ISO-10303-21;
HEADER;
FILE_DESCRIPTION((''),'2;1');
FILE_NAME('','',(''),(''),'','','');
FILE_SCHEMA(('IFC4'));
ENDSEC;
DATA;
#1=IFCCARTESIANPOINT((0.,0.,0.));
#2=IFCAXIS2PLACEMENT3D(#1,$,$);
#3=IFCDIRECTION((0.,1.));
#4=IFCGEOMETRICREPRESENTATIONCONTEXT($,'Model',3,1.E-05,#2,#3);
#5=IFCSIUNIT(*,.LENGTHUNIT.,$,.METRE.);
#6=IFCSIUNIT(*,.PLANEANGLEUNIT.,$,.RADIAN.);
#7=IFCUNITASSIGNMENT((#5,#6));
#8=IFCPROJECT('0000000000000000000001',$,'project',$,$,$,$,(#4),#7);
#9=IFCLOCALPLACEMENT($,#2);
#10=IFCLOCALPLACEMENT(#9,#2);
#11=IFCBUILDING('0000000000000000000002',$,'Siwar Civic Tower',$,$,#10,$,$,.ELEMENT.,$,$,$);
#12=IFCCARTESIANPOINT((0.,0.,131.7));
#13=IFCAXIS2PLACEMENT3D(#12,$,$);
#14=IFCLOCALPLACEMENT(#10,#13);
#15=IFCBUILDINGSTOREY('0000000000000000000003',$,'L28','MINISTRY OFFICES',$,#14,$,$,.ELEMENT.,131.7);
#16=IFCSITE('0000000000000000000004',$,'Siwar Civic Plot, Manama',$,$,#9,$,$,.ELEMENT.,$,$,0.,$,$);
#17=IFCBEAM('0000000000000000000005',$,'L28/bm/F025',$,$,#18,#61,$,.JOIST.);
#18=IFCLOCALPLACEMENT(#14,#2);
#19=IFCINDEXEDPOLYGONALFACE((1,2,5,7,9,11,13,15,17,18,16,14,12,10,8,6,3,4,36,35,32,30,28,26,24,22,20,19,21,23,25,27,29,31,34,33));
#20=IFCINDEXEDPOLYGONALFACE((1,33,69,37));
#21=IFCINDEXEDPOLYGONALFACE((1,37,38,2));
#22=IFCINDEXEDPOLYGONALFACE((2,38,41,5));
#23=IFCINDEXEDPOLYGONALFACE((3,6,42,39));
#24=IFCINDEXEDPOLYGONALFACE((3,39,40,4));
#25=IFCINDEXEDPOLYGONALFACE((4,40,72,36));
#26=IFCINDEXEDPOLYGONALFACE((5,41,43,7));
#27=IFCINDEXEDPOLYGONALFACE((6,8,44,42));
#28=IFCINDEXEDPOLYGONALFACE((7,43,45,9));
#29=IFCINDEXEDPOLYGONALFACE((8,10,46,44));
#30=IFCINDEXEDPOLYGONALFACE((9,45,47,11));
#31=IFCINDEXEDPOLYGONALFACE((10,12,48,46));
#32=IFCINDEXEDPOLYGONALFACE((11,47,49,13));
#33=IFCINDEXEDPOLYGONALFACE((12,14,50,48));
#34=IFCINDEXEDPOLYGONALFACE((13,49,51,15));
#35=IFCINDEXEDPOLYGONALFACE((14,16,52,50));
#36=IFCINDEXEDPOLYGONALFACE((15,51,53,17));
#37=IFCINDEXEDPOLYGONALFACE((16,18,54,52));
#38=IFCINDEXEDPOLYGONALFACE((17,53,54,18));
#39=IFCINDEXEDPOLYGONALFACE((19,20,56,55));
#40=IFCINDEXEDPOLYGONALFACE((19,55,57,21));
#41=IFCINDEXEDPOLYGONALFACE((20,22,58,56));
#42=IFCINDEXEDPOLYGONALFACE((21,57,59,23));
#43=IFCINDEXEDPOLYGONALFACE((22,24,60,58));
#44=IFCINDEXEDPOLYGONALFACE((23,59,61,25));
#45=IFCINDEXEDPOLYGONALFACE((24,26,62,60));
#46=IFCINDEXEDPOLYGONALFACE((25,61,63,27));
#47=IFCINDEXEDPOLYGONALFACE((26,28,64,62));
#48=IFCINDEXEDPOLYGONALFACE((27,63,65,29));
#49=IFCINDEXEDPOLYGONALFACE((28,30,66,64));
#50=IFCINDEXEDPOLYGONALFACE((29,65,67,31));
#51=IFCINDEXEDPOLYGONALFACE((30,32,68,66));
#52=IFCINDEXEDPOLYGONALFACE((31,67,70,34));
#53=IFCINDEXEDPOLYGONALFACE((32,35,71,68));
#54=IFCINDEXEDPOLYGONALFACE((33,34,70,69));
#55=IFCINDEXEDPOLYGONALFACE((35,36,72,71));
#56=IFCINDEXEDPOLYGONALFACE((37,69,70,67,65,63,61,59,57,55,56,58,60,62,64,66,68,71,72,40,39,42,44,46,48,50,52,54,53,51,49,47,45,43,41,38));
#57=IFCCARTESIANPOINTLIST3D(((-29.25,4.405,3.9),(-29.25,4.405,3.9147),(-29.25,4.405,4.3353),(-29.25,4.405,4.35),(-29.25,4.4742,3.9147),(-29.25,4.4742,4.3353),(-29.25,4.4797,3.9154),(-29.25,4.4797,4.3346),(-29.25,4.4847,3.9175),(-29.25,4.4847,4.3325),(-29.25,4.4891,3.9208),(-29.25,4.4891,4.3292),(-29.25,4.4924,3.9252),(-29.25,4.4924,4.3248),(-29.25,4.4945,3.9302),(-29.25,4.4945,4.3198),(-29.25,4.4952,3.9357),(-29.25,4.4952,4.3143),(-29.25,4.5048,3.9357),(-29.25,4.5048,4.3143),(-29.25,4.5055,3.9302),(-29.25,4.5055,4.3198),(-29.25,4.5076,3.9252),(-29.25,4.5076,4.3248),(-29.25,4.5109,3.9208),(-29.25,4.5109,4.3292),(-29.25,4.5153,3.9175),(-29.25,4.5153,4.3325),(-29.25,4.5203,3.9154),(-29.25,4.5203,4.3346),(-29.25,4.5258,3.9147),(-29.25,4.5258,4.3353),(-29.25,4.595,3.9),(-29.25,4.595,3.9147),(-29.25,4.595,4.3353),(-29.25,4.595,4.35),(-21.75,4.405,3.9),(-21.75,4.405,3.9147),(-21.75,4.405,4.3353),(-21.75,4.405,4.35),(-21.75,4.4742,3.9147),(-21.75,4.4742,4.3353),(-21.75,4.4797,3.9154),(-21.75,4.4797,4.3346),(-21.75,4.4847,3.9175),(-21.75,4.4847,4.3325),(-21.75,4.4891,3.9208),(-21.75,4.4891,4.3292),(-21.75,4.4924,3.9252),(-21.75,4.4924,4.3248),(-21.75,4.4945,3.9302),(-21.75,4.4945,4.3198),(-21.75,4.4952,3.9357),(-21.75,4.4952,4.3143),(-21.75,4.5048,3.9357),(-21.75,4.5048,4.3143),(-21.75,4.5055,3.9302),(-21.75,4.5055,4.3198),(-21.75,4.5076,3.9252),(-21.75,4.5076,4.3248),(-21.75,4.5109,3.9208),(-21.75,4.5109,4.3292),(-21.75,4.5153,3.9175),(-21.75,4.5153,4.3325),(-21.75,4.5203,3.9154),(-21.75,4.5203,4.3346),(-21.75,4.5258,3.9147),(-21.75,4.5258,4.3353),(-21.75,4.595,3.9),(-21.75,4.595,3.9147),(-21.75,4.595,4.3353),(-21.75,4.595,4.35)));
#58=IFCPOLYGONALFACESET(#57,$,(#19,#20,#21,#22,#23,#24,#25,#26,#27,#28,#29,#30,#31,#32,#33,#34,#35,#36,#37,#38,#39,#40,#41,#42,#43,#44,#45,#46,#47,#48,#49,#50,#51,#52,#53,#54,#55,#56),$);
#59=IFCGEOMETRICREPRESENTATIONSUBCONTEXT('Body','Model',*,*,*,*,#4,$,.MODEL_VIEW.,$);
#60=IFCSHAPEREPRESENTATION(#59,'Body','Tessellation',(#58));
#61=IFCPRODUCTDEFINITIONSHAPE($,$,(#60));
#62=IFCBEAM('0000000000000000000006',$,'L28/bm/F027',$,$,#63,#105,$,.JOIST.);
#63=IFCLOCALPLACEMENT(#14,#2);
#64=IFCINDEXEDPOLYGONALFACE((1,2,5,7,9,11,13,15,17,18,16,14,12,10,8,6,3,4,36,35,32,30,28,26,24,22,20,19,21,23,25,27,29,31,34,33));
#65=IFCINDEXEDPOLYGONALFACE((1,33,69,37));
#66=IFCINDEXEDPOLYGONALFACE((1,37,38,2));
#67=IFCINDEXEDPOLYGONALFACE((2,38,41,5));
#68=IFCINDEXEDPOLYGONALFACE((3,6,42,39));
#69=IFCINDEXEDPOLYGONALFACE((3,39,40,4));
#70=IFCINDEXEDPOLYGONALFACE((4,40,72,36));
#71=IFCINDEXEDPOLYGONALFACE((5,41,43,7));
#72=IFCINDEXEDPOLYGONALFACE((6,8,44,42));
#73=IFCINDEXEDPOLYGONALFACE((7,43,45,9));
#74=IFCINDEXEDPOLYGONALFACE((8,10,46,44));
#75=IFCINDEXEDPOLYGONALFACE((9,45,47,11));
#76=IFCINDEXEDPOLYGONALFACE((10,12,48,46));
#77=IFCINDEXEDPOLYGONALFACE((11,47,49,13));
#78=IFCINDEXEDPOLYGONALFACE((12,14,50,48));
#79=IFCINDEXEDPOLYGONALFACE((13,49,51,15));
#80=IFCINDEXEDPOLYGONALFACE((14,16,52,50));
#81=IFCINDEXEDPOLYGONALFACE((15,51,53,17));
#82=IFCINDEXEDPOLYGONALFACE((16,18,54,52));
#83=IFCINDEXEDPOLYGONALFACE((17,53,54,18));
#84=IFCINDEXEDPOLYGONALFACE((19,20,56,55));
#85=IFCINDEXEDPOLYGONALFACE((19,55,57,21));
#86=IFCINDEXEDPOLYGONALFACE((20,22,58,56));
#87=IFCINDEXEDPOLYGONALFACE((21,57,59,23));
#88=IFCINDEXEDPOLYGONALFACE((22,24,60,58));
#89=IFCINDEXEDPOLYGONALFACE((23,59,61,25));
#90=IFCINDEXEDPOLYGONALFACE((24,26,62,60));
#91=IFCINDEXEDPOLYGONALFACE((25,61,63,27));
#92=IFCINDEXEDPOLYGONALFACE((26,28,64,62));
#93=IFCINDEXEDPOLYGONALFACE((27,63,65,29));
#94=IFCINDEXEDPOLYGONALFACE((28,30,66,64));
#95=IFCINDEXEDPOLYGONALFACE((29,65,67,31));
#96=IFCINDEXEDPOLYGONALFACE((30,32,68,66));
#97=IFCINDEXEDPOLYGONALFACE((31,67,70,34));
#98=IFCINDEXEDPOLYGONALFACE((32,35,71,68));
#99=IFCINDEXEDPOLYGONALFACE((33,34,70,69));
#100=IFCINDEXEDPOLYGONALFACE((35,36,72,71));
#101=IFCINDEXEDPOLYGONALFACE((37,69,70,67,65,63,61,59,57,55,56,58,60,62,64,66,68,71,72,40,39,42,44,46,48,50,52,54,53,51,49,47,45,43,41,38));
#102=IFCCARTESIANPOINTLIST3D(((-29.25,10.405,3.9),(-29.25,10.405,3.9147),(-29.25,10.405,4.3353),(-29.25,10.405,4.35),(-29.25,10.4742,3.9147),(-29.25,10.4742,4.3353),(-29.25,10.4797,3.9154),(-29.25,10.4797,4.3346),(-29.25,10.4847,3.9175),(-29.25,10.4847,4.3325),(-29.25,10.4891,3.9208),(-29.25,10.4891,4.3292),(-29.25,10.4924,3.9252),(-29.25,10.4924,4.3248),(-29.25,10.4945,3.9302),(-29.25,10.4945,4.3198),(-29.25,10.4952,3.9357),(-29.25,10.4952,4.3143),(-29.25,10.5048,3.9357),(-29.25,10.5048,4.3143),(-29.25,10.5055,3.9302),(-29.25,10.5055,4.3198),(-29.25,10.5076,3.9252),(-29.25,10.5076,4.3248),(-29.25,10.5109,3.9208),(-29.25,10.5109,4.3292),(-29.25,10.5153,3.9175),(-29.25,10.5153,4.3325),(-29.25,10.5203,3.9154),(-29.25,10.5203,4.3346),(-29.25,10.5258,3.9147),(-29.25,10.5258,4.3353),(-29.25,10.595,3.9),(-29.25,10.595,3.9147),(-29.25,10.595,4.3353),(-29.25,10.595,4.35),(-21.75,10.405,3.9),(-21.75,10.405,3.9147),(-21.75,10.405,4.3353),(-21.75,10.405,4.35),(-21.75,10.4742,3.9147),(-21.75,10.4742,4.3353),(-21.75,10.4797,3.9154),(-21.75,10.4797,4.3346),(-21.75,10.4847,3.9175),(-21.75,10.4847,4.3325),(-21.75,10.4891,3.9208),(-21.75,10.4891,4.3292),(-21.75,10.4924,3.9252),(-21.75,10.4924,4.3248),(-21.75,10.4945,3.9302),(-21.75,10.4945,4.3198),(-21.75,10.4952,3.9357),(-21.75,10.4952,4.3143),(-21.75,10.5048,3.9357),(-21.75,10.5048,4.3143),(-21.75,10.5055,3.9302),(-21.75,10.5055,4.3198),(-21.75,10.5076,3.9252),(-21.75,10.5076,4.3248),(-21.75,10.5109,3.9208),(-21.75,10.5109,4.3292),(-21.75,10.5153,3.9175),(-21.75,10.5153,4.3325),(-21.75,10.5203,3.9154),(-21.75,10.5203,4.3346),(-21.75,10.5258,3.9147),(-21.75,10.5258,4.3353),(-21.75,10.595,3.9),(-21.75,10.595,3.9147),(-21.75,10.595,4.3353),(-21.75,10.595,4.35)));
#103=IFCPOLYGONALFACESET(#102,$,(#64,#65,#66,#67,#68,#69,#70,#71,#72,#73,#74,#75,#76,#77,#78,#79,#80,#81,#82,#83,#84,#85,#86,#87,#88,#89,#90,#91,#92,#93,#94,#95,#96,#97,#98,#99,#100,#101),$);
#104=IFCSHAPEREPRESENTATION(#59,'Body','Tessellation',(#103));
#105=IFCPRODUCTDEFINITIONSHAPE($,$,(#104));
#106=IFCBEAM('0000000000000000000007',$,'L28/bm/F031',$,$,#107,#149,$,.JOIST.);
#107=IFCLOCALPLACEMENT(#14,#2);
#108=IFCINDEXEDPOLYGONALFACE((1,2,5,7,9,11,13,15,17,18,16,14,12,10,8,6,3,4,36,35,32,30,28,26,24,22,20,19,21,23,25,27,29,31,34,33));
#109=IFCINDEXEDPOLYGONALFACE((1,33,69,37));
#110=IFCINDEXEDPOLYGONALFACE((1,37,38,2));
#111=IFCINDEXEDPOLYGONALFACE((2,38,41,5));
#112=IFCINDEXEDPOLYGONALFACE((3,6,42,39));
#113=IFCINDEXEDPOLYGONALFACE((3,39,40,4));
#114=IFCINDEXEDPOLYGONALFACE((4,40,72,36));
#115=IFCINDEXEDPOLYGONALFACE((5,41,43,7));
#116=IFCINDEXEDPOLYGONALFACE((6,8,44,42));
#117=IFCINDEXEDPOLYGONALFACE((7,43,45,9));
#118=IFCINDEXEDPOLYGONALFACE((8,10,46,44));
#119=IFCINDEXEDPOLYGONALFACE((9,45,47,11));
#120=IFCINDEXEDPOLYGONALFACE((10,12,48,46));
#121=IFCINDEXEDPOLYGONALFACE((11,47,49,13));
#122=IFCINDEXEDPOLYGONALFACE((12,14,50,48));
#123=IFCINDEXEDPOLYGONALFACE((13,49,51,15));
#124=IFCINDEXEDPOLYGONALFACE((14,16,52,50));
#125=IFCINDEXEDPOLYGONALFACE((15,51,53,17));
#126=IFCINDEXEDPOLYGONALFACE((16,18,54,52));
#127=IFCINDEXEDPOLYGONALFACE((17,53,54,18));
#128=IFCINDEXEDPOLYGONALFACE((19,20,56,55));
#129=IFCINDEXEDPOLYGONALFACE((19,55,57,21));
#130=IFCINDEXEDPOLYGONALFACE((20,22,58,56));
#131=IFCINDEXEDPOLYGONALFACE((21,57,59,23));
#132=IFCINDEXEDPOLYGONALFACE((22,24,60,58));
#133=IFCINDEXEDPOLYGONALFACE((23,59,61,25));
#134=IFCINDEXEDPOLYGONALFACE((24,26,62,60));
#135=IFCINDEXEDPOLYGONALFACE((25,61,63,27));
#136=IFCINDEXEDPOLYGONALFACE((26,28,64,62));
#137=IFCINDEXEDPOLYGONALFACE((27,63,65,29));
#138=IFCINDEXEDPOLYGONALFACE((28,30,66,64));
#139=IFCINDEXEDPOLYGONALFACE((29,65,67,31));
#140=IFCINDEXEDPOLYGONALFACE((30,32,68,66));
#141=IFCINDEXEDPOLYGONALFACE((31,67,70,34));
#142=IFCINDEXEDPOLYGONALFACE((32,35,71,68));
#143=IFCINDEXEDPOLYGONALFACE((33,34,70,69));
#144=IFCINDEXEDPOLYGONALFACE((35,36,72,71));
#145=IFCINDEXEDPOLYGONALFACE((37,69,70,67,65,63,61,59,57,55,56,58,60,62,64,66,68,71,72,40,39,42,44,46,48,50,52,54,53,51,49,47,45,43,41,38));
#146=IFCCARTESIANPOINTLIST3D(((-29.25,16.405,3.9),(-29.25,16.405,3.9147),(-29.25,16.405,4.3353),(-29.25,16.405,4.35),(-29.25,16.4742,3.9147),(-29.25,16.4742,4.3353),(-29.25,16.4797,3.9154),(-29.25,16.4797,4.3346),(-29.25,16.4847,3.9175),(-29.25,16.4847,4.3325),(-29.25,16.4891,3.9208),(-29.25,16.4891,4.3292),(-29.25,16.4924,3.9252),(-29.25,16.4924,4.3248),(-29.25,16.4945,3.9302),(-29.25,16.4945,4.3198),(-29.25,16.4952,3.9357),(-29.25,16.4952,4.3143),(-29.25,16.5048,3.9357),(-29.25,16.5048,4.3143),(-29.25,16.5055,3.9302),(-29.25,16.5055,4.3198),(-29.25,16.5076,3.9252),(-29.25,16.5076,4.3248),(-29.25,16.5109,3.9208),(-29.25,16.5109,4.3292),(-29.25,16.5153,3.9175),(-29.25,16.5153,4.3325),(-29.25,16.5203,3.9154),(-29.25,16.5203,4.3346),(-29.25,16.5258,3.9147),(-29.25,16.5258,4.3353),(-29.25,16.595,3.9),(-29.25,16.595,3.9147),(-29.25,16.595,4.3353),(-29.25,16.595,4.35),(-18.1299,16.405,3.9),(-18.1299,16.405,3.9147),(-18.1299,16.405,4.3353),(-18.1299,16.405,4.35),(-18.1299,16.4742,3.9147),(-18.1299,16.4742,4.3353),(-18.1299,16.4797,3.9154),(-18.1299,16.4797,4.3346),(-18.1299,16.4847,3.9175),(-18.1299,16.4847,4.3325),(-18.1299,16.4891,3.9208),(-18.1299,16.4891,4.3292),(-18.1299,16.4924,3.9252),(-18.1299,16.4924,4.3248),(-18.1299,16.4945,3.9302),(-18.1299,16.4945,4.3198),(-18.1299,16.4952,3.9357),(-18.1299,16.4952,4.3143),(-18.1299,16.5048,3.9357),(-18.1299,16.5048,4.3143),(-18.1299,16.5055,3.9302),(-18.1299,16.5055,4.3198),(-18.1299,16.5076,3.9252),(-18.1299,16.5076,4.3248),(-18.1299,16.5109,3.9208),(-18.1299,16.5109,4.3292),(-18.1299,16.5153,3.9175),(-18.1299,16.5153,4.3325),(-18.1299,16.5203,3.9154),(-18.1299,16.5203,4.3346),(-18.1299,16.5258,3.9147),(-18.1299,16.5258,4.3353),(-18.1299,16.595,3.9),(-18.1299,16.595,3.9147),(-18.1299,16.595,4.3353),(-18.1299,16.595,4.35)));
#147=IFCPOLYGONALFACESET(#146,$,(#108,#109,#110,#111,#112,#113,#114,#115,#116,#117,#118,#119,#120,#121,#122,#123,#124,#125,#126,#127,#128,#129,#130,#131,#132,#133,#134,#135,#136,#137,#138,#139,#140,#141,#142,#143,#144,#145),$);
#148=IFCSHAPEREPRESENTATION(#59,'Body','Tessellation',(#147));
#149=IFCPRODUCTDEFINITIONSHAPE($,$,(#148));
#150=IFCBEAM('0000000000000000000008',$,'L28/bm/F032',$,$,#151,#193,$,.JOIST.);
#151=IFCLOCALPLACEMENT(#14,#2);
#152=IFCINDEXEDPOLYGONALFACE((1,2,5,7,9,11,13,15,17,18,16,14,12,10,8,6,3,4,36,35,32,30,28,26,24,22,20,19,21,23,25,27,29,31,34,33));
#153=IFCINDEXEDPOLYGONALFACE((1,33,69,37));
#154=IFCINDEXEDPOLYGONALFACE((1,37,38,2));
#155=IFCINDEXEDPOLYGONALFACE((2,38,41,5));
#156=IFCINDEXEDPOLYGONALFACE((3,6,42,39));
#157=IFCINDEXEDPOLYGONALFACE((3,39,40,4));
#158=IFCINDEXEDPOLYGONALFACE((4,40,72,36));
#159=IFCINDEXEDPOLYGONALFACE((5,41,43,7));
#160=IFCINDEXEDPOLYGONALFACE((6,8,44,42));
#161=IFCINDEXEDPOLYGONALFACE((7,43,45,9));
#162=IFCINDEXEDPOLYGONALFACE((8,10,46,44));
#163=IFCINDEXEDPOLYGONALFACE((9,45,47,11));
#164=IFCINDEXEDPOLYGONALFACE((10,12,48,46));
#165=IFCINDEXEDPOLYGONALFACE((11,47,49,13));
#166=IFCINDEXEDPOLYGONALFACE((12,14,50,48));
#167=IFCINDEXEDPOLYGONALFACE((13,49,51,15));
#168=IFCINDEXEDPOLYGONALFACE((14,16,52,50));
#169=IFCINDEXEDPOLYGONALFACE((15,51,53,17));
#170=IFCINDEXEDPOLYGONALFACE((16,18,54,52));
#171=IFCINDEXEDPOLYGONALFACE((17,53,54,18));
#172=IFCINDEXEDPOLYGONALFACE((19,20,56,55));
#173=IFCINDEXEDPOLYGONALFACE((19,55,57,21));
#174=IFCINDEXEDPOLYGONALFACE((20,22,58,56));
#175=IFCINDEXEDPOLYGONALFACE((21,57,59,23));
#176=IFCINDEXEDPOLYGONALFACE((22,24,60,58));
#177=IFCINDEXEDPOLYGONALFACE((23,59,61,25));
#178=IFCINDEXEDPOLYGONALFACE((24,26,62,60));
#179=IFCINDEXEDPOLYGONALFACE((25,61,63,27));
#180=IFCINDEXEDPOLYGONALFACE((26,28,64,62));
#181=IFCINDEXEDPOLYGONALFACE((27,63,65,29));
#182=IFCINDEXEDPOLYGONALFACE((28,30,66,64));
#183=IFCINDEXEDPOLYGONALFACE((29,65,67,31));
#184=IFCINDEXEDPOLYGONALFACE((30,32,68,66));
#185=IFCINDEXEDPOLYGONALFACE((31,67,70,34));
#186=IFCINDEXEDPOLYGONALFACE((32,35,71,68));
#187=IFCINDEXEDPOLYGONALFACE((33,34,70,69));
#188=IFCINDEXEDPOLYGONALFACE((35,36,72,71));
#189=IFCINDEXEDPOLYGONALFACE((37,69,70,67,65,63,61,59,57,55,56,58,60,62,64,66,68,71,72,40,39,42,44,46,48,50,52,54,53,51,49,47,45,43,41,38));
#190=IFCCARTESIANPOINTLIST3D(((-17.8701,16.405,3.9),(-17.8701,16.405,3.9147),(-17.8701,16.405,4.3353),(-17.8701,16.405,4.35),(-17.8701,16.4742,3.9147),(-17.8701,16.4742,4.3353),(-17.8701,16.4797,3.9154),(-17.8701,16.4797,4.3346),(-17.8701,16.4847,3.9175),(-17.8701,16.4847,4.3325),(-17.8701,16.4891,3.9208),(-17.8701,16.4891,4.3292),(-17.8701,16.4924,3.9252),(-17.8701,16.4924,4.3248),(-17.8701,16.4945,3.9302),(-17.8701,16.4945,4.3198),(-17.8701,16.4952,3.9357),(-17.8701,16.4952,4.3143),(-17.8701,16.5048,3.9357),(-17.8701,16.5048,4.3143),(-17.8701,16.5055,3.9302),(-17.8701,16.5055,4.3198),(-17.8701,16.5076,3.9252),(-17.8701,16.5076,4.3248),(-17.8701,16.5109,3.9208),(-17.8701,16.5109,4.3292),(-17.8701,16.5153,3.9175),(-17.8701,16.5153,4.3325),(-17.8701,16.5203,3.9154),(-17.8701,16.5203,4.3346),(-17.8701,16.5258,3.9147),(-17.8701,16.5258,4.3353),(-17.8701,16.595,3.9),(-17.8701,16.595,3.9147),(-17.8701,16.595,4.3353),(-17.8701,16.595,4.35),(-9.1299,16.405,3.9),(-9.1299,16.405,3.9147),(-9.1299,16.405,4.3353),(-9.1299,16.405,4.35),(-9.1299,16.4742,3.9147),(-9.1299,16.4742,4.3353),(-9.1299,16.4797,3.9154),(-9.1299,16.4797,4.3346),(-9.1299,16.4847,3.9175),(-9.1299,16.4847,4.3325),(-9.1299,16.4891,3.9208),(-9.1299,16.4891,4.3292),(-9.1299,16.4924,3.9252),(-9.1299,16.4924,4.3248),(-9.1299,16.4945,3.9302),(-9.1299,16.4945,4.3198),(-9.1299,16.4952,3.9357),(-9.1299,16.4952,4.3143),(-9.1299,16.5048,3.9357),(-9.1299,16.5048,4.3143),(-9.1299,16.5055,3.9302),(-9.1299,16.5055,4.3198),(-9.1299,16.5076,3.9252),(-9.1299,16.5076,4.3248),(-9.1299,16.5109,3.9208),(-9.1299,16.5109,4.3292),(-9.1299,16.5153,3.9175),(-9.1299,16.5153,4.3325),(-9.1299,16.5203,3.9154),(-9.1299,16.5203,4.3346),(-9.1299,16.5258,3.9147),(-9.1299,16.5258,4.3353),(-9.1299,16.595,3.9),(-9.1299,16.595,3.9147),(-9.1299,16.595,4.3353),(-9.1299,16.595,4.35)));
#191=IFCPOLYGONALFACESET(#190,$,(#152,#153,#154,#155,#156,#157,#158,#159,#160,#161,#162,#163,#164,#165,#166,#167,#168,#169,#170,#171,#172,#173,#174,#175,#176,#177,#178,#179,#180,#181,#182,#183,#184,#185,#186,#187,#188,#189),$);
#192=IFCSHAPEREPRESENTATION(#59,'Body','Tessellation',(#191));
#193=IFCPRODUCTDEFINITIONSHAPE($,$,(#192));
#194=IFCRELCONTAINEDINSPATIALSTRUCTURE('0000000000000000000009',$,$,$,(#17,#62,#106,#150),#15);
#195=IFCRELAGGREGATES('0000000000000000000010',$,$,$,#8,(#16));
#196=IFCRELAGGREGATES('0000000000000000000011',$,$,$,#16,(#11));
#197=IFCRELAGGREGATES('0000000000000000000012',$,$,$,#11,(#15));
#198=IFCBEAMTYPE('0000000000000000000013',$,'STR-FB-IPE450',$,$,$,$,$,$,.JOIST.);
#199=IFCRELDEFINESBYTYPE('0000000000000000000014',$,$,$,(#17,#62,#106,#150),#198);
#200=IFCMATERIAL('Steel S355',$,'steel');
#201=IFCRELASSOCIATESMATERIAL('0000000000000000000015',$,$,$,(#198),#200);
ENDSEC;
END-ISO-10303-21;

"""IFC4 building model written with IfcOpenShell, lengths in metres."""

from ifc_helpers import new_model, si_unit, direction, frame, origin, origin_2d, place, context, subcontext, project, spatial, i_section, extrude, material, material_profile, profile_set, type_object, element, save


model = new_model("IFC4")

# Units and contexts
model_context = context("Model", 3, precision=1e-05, world=origin(), true_north=direction((0.0, 1.0)))
body_context = subcontext(model_context, "Body", "Model", "MODEL_VIEW")
ifc_project = project(units=[si_unit("LENGTHUNIT", "METRE"), si_unit("PLANEANGLEUNIT", "RADIAN")], contexts=[model_context])

# Site, building, storey
site_placement = place(None, origin())
site = spatial("IfcSite", under=ifc_project, at=site_placement, Name="Siwar Civic Plot, Manama", CompositionType="ELEMENT", RefElevation=0.0)
building_placement = place(site_placement, origin())
building = spatial("IfcBuilding", under=site, at=building_placement, Name="Siwar Civic Tower", CompositionType="ELEMENT")
storey_placement = place(building_placement, frame((0.0, 0.0, 131.7)))
storey = spatial("IfcBuildingStorey", under=building, at=storey_placement, Name="L28", Description="MINISTRY OFFICES", CompositionType="ELEMENT", Elevation=131.7)

# Beams
ifc_material_1 = material(Name="Steel S355", Category="steel")
ifc_material_profile_1 = material_profile(ifc_material_1, i_section(OverallWidth=0.1899, OverallDepth=0.45, WebThickness=0.0095, FlangeThickness=0.0146, FilletRadius=0.021, at=origin_2d()), Name="IPE450")
ifc_profile_set_1 = profile_set([ifc_material_profile_1], Name="Steel S355")
beam_type_1 = type_object("IfcBeamType", Name="STR-FB-IPE450", PredefinedType="JOIST", material=ifc_profile_set_1)
for number, where, z_axis, x_axis, name in (
    (1, (-29.25, 4.5, 4.125), (1.0, 0.0, 0.0), (0.0, 1.0, 0.0), "L28/bm/F025"),
    (2, (-29.25, 10.5, 4.125), (1.0, 0.0, 0.0), (0.0, 1.0, 0.0), "L28/bm/F027"),
):
    element("IfcBeam", number, at=place(storey_placement, frame(where, z_axis=z_axis, x_axis=x_axis)), inside=storey, type_object=beam_type_1, Name=name, PredefinedType="JOIST", context=body_context, shape_type="SweptSolid", body=[
        extrude(i_section(OverallWidth=0.1899, OverallDepth=0.45, WebThickness=0.0095, FlangeThickness=0.0146, FilletRadius=0.021, at=origin_2d()), origin(), (0.0, 0.0, 1.0), 7.5),
    ])
beam_1_placement = place(storey_placement, frame((-29.25, 16.5, 4.125), z_axis=(1.0, 0.0, 0.0), x_axis=(0.0, 1.0, 0.0)))
element("IfcBeam", 3, at=beam_1_placement, inside=storey, type_object=beam_type_1, Name="L28/bm/F031", PredefinedType="JOIST", context=body_context, shape_type="SweptSolid", body=[
    extrude(i_section(OverallWidth=0.1899, OverallDepth=0.45, WebThickness=0.0095, FlangeThickness=0.0146, FilletRadius=0.021, at=origin_2d()), origin(), (0.0, 0.0, 1.0), 11.1201),
])
beam_2_placement = place(storey_placement, frame((-17.8701, 16.5, 4.125), z_axis=(1.0, 0.0, 0.0), x_axis=(0.0, 1.0, 0.0)))
element("IfcBeam", 4, at=beam_2_placement, inside=storey, type_object=beam_type_1, Name="L28/bm/F032", PredefinedType="JOIST", context=body_context, shape_type="SweptSolid", body=[
    extrude(i_section(OverallWidth=0.1899, OverallDepth=0.45, WebThickness=0.0095, FlangeThickness=0.0146, FilletRadius=0.021, at=origin_2d()), origin(), (0.0, 0.0, 1.0), 8.7402),
])

save(model, "model.ifc")
